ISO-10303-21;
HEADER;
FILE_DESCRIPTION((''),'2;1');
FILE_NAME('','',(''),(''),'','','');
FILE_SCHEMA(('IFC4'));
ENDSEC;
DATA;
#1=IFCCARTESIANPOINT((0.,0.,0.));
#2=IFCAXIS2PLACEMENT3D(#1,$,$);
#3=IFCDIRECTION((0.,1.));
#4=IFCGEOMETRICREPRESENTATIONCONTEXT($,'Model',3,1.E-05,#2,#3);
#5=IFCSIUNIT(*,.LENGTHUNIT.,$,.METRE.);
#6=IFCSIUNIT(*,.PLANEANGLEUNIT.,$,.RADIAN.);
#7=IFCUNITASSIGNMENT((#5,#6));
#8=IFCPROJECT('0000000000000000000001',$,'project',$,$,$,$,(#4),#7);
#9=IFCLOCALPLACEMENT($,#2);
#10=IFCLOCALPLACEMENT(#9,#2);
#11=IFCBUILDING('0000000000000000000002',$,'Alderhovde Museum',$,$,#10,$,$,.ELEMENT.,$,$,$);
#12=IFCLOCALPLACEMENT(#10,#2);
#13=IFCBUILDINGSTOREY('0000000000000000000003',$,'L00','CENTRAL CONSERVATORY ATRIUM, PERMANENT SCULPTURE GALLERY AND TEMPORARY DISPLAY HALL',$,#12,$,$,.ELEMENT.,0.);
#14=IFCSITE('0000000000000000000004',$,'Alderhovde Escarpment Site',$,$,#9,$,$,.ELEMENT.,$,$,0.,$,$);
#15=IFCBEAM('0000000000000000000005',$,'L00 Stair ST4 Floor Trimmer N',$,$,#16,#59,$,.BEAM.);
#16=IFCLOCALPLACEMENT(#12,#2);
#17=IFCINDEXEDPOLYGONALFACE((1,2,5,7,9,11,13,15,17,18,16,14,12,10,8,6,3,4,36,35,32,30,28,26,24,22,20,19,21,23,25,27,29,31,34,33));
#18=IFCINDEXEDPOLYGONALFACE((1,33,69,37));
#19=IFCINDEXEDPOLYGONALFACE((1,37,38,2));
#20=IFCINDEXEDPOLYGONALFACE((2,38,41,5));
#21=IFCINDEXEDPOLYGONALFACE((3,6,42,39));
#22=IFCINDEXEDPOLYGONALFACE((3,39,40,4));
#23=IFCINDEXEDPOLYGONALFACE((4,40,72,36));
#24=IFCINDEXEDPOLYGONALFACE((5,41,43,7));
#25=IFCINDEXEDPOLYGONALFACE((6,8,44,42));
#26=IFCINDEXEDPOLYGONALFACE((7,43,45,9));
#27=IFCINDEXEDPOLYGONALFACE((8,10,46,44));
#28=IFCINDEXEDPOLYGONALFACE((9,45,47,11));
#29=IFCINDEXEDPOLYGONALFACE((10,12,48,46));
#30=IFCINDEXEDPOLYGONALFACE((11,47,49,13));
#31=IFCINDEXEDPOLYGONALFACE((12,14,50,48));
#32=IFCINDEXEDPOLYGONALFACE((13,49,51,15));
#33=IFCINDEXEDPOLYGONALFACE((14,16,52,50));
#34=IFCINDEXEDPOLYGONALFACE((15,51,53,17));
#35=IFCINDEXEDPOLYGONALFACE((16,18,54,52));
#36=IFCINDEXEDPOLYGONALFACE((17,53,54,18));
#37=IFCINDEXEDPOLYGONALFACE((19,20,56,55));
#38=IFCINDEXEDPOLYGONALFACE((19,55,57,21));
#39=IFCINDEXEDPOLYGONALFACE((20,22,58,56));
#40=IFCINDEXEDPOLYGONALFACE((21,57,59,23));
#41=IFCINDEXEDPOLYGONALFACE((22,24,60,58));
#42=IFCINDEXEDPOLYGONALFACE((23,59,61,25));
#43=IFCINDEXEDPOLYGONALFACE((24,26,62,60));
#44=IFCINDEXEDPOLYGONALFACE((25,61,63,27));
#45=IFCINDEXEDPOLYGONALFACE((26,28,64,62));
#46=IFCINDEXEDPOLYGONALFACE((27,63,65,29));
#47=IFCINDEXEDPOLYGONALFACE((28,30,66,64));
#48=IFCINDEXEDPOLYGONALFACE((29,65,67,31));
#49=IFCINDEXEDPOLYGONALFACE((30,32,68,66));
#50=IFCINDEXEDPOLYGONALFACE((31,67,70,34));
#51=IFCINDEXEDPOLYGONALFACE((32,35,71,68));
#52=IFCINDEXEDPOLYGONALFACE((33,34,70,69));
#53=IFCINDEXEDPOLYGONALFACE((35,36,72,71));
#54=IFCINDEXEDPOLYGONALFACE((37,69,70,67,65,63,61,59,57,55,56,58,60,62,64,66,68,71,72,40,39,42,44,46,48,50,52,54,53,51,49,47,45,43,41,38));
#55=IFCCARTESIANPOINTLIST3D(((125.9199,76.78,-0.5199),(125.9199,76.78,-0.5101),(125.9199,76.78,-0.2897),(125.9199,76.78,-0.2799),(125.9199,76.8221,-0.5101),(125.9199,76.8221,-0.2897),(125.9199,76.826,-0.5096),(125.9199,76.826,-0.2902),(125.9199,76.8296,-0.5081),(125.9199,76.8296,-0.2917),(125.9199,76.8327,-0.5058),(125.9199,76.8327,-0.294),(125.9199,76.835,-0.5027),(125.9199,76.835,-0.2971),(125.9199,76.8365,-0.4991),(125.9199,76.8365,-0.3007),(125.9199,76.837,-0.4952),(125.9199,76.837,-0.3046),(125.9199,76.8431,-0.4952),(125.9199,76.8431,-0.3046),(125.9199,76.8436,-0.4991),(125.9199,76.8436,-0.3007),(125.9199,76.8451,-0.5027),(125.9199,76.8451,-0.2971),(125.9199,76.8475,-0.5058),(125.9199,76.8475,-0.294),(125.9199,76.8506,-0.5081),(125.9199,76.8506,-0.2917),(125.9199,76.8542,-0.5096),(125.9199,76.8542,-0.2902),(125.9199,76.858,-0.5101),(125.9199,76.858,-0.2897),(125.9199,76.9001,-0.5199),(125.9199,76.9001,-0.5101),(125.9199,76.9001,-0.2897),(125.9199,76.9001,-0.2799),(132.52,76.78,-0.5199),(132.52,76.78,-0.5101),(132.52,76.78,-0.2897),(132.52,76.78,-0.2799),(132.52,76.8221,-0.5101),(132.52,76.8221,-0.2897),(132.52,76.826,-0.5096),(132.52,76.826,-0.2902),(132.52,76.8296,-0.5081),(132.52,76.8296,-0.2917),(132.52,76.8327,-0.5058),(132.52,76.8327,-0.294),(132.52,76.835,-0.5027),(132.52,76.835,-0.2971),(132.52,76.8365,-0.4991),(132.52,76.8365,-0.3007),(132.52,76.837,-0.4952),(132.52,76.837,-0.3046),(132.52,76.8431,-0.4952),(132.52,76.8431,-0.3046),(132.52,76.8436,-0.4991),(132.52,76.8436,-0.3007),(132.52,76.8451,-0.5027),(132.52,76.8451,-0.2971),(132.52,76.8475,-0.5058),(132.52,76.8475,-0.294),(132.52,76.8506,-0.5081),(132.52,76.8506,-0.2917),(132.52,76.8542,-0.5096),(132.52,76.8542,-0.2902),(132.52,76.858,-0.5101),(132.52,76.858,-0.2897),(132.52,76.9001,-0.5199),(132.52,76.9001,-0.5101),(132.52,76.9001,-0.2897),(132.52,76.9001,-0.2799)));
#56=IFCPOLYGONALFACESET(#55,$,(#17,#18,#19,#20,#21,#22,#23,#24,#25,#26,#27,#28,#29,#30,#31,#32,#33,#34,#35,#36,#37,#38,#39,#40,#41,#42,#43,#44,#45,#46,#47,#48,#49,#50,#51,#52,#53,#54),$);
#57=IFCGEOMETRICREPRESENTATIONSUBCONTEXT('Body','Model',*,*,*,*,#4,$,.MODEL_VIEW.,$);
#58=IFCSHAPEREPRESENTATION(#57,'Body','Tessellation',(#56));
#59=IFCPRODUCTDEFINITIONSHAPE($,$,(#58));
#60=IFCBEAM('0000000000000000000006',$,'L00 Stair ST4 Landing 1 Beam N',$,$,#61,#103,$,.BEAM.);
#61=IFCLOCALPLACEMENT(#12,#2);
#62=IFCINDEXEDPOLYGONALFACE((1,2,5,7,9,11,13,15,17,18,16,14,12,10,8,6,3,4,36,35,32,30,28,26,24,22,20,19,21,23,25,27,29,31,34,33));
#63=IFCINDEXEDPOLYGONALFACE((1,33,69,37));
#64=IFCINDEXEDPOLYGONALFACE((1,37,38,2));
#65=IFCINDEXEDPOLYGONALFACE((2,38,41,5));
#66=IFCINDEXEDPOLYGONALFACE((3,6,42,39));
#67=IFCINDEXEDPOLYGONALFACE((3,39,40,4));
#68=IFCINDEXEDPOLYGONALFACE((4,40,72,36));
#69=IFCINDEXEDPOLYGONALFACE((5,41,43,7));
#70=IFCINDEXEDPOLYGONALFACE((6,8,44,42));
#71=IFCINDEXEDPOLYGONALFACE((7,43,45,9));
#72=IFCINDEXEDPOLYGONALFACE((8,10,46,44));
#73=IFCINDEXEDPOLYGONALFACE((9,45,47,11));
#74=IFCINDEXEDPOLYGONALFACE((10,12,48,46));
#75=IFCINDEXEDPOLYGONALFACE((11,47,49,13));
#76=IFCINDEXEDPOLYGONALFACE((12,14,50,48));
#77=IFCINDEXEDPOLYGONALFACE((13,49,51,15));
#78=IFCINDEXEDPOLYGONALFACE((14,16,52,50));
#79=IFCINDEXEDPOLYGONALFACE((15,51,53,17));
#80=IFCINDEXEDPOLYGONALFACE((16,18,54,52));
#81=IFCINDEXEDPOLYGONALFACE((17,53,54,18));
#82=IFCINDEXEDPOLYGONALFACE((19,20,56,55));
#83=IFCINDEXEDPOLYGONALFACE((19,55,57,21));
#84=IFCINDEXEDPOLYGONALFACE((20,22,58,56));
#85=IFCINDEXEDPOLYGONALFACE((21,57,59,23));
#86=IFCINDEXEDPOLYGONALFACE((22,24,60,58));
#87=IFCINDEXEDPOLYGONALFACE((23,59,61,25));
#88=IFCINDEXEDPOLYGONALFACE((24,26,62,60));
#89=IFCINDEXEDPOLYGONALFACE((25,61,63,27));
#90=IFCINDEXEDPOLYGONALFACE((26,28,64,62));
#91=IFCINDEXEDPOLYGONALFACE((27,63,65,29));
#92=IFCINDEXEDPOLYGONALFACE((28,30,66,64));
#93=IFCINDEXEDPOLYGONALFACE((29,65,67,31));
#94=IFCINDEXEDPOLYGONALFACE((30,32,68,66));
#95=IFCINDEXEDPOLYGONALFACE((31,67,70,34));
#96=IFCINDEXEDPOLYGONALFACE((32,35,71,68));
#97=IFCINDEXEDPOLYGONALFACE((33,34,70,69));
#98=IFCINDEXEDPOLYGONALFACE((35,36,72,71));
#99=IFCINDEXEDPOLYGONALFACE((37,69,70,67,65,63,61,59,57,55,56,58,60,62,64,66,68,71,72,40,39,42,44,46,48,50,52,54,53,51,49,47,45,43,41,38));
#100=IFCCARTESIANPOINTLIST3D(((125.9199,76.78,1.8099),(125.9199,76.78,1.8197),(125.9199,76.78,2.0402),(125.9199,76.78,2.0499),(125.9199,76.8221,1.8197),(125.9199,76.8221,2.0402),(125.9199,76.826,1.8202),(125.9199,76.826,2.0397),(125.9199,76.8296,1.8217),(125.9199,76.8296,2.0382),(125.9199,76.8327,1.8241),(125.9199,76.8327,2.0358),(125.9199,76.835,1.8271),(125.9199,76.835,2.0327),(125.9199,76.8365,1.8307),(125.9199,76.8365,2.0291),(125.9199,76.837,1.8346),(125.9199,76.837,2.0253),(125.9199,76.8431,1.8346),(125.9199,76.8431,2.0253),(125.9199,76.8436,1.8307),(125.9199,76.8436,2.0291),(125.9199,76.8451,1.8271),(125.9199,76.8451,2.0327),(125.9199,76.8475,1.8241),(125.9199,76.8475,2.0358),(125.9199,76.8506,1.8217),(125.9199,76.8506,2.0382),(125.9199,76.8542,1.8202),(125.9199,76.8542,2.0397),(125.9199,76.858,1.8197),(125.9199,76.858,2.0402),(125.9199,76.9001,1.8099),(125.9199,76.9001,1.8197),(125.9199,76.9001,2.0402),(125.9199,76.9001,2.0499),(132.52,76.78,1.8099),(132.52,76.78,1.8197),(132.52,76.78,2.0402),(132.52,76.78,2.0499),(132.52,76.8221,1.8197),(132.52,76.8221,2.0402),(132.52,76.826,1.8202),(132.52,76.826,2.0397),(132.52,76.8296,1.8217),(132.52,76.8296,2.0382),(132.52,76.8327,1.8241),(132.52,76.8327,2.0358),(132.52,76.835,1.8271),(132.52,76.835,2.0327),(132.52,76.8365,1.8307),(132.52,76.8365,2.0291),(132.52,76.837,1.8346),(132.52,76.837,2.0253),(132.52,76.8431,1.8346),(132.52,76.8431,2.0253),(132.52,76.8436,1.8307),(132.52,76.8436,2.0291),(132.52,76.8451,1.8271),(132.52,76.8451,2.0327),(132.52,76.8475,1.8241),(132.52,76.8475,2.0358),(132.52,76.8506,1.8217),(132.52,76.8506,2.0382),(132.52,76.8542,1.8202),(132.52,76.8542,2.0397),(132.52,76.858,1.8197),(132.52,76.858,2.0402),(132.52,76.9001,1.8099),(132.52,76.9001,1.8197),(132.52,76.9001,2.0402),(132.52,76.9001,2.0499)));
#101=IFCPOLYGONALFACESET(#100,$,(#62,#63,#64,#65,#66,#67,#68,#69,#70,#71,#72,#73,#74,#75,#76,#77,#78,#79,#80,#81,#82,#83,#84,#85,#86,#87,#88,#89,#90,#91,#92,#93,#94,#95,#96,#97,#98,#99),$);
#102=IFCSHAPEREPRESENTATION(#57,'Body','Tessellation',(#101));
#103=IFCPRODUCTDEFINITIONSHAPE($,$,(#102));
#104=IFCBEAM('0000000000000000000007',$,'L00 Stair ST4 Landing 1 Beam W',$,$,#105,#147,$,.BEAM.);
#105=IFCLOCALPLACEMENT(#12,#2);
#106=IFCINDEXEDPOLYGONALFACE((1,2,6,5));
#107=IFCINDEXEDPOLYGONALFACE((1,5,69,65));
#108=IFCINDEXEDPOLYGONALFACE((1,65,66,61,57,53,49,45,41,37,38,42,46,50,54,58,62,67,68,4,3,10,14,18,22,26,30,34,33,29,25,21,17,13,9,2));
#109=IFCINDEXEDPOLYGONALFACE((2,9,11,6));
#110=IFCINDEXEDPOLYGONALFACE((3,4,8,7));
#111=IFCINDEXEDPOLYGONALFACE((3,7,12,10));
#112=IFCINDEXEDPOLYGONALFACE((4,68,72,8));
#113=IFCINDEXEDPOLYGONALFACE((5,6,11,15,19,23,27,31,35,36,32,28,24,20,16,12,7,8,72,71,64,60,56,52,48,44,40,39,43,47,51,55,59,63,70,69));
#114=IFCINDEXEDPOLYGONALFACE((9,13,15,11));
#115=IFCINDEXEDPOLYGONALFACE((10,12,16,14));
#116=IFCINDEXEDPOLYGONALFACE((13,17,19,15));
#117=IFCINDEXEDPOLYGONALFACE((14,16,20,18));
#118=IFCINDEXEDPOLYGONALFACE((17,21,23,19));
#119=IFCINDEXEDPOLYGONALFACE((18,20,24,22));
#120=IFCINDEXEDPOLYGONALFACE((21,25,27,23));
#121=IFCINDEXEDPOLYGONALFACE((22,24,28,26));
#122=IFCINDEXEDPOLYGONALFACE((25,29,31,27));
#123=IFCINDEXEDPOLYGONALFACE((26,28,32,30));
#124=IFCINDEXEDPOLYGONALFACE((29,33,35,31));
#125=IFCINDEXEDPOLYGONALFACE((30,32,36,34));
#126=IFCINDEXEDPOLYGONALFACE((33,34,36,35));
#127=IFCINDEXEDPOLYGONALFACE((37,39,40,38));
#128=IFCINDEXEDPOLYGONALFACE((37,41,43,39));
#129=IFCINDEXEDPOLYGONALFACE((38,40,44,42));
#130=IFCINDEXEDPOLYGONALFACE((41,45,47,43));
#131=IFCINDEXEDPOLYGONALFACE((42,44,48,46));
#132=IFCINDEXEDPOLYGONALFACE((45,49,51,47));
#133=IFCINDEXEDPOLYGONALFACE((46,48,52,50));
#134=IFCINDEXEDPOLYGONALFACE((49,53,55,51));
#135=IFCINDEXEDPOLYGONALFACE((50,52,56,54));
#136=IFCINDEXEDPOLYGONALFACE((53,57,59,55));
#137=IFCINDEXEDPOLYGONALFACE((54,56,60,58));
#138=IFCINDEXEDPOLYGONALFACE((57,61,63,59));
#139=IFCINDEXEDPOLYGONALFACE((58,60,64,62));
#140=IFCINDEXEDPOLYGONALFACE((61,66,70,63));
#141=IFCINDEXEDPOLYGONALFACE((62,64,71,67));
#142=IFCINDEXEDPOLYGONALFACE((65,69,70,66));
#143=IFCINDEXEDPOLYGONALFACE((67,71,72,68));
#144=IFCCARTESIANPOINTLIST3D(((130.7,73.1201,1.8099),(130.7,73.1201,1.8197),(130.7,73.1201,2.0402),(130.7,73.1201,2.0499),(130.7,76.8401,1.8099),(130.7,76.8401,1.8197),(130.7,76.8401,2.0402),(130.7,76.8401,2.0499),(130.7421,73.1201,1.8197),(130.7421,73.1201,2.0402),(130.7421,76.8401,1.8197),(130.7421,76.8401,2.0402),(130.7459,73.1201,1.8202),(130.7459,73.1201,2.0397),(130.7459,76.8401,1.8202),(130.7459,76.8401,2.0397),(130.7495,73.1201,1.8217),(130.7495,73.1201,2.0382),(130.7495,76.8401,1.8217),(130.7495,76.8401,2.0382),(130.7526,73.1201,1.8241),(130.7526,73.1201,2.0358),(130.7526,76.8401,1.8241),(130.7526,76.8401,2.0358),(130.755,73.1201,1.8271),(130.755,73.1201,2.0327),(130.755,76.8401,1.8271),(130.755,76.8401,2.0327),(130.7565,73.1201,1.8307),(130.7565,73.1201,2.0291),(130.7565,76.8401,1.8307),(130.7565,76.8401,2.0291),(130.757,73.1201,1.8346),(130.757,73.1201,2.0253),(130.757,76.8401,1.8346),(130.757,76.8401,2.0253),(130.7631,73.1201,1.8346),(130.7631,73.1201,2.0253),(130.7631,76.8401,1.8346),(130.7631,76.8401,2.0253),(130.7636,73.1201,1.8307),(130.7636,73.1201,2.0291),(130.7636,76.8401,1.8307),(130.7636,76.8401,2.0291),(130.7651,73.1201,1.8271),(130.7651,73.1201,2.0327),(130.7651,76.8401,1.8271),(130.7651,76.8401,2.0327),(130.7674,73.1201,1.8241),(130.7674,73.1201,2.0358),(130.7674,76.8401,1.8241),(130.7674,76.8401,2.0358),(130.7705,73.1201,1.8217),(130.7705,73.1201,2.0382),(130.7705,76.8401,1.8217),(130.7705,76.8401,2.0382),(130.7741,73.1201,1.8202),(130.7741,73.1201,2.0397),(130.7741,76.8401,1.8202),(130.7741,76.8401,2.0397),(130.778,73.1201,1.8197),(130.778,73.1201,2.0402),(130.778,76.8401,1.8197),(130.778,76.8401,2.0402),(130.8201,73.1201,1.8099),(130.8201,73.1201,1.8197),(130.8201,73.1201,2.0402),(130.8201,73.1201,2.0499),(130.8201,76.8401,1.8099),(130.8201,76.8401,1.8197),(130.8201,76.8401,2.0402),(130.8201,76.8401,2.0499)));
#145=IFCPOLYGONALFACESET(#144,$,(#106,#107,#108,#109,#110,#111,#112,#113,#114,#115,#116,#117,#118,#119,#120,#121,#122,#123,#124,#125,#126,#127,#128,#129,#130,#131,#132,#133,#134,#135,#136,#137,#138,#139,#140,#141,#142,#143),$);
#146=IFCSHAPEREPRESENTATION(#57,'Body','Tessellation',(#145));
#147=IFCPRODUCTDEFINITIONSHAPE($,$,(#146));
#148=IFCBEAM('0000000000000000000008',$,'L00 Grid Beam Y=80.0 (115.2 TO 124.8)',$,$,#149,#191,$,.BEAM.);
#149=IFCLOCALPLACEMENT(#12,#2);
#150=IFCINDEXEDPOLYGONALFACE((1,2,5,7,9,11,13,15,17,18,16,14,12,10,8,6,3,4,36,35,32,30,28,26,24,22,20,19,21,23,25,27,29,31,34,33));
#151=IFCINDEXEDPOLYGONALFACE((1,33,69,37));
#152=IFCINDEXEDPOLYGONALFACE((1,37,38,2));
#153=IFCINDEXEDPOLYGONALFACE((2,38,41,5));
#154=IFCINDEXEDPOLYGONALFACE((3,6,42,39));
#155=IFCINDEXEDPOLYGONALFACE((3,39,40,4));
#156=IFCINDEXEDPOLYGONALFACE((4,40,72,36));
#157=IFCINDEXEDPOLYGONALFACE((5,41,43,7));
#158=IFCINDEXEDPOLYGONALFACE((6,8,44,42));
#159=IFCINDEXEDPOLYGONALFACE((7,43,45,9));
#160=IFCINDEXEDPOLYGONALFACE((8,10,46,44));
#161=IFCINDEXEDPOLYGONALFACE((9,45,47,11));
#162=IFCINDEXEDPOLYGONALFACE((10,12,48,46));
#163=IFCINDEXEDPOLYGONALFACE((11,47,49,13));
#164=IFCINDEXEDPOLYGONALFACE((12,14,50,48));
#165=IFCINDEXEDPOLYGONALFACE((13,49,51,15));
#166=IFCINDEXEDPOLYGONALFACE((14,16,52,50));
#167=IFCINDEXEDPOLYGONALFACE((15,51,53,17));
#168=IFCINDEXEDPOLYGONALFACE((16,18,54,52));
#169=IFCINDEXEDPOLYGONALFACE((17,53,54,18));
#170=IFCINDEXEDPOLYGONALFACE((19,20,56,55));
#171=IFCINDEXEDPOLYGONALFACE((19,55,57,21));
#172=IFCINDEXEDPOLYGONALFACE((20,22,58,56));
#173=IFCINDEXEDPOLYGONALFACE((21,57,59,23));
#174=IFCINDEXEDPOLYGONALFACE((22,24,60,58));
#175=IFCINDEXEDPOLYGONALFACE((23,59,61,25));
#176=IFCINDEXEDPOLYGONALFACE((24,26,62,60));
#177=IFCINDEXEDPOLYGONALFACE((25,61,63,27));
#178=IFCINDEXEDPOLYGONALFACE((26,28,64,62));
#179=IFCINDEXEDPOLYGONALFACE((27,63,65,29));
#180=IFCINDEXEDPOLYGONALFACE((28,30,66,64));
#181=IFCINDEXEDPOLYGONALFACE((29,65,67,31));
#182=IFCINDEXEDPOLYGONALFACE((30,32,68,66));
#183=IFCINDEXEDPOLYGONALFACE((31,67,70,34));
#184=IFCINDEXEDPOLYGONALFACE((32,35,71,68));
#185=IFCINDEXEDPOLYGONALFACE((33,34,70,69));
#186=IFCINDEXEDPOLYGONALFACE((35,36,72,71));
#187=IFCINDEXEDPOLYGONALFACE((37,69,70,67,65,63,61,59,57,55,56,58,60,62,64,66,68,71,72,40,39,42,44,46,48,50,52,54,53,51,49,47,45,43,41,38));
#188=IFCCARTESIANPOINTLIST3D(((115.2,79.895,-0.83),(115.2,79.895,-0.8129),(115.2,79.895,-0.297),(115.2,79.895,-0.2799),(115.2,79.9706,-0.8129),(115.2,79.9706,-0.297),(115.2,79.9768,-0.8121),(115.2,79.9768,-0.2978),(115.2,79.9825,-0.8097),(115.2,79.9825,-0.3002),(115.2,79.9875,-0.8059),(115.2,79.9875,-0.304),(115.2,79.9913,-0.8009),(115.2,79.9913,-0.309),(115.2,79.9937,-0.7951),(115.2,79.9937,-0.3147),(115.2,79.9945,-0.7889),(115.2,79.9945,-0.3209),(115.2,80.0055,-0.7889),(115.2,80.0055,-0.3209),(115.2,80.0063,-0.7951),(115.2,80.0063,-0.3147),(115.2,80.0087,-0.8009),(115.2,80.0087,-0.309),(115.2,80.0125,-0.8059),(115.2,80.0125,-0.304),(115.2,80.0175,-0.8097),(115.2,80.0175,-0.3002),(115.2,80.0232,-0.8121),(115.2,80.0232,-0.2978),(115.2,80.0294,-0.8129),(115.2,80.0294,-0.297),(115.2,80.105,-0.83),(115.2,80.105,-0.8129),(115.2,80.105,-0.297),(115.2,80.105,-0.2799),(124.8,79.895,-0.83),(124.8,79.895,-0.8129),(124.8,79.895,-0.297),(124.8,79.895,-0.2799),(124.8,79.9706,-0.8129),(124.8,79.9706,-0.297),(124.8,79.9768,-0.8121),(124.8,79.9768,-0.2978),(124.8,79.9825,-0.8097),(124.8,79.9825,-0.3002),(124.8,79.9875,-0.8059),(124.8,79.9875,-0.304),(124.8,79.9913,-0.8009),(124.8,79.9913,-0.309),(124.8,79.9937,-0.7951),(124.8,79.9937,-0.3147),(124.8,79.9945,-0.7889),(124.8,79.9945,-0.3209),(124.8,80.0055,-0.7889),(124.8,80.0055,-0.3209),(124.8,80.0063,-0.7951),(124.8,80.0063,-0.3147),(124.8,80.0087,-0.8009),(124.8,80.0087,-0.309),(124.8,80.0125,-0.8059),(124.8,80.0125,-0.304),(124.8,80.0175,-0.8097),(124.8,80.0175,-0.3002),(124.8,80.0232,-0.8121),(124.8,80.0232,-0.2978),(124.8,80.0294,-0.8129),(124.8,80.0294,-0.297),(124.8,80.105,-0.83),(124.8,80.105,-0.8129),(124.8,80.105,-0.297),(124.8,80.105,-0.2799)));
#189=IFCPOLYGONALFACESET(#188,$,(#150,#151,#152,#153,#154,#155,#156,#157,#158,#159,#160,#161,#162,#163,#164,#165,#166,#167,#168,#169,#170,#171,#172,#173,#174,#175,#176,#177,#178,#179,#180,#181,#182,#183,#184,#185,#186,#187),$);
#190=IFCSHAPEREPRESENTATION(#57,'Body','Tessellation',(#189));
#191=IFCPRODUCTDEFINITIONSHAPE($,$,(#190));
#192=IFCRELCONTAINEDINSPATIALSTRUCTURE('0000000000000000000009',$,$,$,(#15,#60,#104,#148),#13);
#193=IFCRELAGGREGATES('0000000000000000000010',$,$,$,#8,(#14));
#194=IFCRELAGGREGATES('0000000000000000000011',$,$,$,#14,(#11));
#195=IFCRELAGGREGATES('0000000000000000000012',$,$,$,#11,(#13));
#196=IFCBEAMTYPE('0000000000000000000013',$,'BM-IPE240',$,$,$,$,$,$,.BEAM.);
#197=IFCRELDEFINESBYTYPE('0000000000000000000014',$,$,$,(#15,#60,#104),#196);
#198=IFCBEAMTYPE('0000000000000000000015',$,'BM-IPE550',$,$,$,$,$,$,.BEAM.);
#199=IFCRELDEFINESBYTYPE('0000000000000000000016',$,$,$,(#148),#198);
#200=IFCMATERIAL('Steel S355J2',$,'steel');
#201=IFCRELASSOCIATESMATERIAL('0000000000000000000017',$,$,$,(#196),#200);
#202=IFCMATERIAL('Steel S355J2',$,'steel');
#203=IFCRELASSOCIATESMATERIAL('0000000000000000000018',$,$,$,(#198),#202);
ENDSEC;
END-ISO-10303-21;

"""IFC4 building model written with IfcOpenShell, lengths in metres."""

from ifc_helpers import new_model, si_unit, direction, frame, origin, origin_2d, place, context, subcontext, project, spatial, i_section, extrude, material, material_profile, profile_set, type_object, element, save


model = new_model("IFC4")

# Units and contexts
model_context = context("Model", 3, precision=1e-05, world=origin(), true_north=direction((0.0, 1.0)))
body_context = subcontext(model_context, "Body", "Model", "MODEL_VIEW")
ifc_project = project(units=[si_unit("LENGTHUNIT", "METRE"), si_unit("PLANEANGLEUNIT", "RADIAN")], contexts=[model_context])

# Site, building, storey
site_placement = place(None, origin())
site = spatial("IfcSite", under=ifc_project, at=site_placement, Name="Alderhovde Escarpment Site", CompositionType="ELEMENT", RefElevation=0.0)
building_placement = place(site_placement, origin())
building = spatial("IfcBuilding", under=site, at=building_placement, Name="Alderhovde Museum", CompositionType="ELEMENT")
storey_placement = place(building_placement, origin())
storey = spatial("IfcBuildingStorey", under=building, at=storey_placement, Name="L00", Description="CENTRAL CONSERVATORY ATRIUM, PERMANENT SCULPTURE GALLERY AND TEMPORARY DISPLAY HALL", CompositionType="ELEMENT", Elevation=0.0)

# Beams
ifc_material_1 = material(Name="Steel S355J2", Category="steel")
ifc_material_profile_1 = material_profile(ifc_material_1, i_section(OverallWidth=0.1201, OverallDepth=0.24, WebThickness=0.0061, FlangeThickness=0.0098, FilletRadius=0.0149, at=origin_2d()), Name="IPE 240")
ifc_profile_set_1 = profile_set([ifc_material_profile_1], Name="Steel S355J2")
beam_type_1 = type_object("IfcBeamType", Name="BM-IPE240", PredefinedType="BEAM", material=ifc_profile_set_1)
for number, where, z_axis, x_axis, name in (
    (1, (125.9199, 76.8401, -0.3999), (1.0, 0.0, 0.0), (0.0, 1.0, 0.0), "L00 Stair ST4 Floor Trimmer N"),
    (2, (125.9199, 76.8401, 1.9299), (1.0, 0.0, 0.0), (0.0, 1.0, 0.0), "L00 Stair ST4 Landing 1 Beam N"),
):
    element("IfcBeam", number, at=place(storey_placement, frame(where, z_axis=z_axis, x_axis=x_axis)), inside=storey, type_object=beam_type_1, Name=name, PredefinedType="BEAM", context=body_context, shape_type="SweptSolid", body=[
        extrude(i_section(OverallWidth=0.1201, OverallDepth=0.24, WebThickness=0.0061, FlangeThickness=0.0098, FilletRadius=0.0149, at=origin_2d()), origin(), (0.0, 0.0, 1.0), 6.6001),
    ])
beam_1_placement = place(storey_placement, frame((130.76, 73.1201, 1.9299), z_axis=(0.0, 1.0, 0.0), x_axis=(-1.0, 0.0, 0.0)))
element("IfcBeam", 3, at=beam_1_placement, inside=storey, type_object=beam_type_1, Name="L00 Stair ST4 Landing 1 Beam W", PredefinedType="BEAM", context=body_context, shape_type="SweptSolid", body=[
    extrude(i_section(OverallWidth=0.1201, OverallDepth=0.24, WebThickness=0.0061, FlangeThickness=0.0098, FilletRadius=0.0149, at=origin_2d()), origin(), (0.0, 0.0, 1.0), 3.72),
])
ifc_material_2 = material(Name="Steel S355J2", Category="steel")
ifc_material_profile_2 = material_profile(ifc_material_2, i_section(OverallWidth=0.21, OverallDepth=0.55, WebThickness=0.011, FlangeThickness=0.0171, FilletRadius=0.0239, at=origin_2d()), Name="IPE 550")
ifc_profile_set_2 = profile_set([ifc_material_profile_2], Name="Steel S355J2")
beam_type_2 = type_object("IfcBeamType", Name="BM-IPE550", PredefinedType="BEAM", material=ifc_profile_set_2)
beam_2_placement = place(storey_placement, frame((115.2, 80.0, -0.5549), z_axis=(1.0, 0.0, 0.0), x_axis=(0.0, 1.0, 0.0)))
element("IfcBeam", 4, at=beam_2_placement, inside=storey, type_object=beam_type_2, Name="L00 Grid Beam Y=80.0 (115.2 TO 124.8)", PredefinedType="BEAM", context=body_context, shape_type="SweptSolid", body=[
    extrude(i_section(OverallWidth=0.21, OverallDepth=0.55, WebThickness=0.011, FlangeThickness=0.0171, FilletRadius=0.0239, at=origin_2d()), origin(), (0.0, 0.0, 1.0), 9.6001),
])

save(model, "model.ifc")
